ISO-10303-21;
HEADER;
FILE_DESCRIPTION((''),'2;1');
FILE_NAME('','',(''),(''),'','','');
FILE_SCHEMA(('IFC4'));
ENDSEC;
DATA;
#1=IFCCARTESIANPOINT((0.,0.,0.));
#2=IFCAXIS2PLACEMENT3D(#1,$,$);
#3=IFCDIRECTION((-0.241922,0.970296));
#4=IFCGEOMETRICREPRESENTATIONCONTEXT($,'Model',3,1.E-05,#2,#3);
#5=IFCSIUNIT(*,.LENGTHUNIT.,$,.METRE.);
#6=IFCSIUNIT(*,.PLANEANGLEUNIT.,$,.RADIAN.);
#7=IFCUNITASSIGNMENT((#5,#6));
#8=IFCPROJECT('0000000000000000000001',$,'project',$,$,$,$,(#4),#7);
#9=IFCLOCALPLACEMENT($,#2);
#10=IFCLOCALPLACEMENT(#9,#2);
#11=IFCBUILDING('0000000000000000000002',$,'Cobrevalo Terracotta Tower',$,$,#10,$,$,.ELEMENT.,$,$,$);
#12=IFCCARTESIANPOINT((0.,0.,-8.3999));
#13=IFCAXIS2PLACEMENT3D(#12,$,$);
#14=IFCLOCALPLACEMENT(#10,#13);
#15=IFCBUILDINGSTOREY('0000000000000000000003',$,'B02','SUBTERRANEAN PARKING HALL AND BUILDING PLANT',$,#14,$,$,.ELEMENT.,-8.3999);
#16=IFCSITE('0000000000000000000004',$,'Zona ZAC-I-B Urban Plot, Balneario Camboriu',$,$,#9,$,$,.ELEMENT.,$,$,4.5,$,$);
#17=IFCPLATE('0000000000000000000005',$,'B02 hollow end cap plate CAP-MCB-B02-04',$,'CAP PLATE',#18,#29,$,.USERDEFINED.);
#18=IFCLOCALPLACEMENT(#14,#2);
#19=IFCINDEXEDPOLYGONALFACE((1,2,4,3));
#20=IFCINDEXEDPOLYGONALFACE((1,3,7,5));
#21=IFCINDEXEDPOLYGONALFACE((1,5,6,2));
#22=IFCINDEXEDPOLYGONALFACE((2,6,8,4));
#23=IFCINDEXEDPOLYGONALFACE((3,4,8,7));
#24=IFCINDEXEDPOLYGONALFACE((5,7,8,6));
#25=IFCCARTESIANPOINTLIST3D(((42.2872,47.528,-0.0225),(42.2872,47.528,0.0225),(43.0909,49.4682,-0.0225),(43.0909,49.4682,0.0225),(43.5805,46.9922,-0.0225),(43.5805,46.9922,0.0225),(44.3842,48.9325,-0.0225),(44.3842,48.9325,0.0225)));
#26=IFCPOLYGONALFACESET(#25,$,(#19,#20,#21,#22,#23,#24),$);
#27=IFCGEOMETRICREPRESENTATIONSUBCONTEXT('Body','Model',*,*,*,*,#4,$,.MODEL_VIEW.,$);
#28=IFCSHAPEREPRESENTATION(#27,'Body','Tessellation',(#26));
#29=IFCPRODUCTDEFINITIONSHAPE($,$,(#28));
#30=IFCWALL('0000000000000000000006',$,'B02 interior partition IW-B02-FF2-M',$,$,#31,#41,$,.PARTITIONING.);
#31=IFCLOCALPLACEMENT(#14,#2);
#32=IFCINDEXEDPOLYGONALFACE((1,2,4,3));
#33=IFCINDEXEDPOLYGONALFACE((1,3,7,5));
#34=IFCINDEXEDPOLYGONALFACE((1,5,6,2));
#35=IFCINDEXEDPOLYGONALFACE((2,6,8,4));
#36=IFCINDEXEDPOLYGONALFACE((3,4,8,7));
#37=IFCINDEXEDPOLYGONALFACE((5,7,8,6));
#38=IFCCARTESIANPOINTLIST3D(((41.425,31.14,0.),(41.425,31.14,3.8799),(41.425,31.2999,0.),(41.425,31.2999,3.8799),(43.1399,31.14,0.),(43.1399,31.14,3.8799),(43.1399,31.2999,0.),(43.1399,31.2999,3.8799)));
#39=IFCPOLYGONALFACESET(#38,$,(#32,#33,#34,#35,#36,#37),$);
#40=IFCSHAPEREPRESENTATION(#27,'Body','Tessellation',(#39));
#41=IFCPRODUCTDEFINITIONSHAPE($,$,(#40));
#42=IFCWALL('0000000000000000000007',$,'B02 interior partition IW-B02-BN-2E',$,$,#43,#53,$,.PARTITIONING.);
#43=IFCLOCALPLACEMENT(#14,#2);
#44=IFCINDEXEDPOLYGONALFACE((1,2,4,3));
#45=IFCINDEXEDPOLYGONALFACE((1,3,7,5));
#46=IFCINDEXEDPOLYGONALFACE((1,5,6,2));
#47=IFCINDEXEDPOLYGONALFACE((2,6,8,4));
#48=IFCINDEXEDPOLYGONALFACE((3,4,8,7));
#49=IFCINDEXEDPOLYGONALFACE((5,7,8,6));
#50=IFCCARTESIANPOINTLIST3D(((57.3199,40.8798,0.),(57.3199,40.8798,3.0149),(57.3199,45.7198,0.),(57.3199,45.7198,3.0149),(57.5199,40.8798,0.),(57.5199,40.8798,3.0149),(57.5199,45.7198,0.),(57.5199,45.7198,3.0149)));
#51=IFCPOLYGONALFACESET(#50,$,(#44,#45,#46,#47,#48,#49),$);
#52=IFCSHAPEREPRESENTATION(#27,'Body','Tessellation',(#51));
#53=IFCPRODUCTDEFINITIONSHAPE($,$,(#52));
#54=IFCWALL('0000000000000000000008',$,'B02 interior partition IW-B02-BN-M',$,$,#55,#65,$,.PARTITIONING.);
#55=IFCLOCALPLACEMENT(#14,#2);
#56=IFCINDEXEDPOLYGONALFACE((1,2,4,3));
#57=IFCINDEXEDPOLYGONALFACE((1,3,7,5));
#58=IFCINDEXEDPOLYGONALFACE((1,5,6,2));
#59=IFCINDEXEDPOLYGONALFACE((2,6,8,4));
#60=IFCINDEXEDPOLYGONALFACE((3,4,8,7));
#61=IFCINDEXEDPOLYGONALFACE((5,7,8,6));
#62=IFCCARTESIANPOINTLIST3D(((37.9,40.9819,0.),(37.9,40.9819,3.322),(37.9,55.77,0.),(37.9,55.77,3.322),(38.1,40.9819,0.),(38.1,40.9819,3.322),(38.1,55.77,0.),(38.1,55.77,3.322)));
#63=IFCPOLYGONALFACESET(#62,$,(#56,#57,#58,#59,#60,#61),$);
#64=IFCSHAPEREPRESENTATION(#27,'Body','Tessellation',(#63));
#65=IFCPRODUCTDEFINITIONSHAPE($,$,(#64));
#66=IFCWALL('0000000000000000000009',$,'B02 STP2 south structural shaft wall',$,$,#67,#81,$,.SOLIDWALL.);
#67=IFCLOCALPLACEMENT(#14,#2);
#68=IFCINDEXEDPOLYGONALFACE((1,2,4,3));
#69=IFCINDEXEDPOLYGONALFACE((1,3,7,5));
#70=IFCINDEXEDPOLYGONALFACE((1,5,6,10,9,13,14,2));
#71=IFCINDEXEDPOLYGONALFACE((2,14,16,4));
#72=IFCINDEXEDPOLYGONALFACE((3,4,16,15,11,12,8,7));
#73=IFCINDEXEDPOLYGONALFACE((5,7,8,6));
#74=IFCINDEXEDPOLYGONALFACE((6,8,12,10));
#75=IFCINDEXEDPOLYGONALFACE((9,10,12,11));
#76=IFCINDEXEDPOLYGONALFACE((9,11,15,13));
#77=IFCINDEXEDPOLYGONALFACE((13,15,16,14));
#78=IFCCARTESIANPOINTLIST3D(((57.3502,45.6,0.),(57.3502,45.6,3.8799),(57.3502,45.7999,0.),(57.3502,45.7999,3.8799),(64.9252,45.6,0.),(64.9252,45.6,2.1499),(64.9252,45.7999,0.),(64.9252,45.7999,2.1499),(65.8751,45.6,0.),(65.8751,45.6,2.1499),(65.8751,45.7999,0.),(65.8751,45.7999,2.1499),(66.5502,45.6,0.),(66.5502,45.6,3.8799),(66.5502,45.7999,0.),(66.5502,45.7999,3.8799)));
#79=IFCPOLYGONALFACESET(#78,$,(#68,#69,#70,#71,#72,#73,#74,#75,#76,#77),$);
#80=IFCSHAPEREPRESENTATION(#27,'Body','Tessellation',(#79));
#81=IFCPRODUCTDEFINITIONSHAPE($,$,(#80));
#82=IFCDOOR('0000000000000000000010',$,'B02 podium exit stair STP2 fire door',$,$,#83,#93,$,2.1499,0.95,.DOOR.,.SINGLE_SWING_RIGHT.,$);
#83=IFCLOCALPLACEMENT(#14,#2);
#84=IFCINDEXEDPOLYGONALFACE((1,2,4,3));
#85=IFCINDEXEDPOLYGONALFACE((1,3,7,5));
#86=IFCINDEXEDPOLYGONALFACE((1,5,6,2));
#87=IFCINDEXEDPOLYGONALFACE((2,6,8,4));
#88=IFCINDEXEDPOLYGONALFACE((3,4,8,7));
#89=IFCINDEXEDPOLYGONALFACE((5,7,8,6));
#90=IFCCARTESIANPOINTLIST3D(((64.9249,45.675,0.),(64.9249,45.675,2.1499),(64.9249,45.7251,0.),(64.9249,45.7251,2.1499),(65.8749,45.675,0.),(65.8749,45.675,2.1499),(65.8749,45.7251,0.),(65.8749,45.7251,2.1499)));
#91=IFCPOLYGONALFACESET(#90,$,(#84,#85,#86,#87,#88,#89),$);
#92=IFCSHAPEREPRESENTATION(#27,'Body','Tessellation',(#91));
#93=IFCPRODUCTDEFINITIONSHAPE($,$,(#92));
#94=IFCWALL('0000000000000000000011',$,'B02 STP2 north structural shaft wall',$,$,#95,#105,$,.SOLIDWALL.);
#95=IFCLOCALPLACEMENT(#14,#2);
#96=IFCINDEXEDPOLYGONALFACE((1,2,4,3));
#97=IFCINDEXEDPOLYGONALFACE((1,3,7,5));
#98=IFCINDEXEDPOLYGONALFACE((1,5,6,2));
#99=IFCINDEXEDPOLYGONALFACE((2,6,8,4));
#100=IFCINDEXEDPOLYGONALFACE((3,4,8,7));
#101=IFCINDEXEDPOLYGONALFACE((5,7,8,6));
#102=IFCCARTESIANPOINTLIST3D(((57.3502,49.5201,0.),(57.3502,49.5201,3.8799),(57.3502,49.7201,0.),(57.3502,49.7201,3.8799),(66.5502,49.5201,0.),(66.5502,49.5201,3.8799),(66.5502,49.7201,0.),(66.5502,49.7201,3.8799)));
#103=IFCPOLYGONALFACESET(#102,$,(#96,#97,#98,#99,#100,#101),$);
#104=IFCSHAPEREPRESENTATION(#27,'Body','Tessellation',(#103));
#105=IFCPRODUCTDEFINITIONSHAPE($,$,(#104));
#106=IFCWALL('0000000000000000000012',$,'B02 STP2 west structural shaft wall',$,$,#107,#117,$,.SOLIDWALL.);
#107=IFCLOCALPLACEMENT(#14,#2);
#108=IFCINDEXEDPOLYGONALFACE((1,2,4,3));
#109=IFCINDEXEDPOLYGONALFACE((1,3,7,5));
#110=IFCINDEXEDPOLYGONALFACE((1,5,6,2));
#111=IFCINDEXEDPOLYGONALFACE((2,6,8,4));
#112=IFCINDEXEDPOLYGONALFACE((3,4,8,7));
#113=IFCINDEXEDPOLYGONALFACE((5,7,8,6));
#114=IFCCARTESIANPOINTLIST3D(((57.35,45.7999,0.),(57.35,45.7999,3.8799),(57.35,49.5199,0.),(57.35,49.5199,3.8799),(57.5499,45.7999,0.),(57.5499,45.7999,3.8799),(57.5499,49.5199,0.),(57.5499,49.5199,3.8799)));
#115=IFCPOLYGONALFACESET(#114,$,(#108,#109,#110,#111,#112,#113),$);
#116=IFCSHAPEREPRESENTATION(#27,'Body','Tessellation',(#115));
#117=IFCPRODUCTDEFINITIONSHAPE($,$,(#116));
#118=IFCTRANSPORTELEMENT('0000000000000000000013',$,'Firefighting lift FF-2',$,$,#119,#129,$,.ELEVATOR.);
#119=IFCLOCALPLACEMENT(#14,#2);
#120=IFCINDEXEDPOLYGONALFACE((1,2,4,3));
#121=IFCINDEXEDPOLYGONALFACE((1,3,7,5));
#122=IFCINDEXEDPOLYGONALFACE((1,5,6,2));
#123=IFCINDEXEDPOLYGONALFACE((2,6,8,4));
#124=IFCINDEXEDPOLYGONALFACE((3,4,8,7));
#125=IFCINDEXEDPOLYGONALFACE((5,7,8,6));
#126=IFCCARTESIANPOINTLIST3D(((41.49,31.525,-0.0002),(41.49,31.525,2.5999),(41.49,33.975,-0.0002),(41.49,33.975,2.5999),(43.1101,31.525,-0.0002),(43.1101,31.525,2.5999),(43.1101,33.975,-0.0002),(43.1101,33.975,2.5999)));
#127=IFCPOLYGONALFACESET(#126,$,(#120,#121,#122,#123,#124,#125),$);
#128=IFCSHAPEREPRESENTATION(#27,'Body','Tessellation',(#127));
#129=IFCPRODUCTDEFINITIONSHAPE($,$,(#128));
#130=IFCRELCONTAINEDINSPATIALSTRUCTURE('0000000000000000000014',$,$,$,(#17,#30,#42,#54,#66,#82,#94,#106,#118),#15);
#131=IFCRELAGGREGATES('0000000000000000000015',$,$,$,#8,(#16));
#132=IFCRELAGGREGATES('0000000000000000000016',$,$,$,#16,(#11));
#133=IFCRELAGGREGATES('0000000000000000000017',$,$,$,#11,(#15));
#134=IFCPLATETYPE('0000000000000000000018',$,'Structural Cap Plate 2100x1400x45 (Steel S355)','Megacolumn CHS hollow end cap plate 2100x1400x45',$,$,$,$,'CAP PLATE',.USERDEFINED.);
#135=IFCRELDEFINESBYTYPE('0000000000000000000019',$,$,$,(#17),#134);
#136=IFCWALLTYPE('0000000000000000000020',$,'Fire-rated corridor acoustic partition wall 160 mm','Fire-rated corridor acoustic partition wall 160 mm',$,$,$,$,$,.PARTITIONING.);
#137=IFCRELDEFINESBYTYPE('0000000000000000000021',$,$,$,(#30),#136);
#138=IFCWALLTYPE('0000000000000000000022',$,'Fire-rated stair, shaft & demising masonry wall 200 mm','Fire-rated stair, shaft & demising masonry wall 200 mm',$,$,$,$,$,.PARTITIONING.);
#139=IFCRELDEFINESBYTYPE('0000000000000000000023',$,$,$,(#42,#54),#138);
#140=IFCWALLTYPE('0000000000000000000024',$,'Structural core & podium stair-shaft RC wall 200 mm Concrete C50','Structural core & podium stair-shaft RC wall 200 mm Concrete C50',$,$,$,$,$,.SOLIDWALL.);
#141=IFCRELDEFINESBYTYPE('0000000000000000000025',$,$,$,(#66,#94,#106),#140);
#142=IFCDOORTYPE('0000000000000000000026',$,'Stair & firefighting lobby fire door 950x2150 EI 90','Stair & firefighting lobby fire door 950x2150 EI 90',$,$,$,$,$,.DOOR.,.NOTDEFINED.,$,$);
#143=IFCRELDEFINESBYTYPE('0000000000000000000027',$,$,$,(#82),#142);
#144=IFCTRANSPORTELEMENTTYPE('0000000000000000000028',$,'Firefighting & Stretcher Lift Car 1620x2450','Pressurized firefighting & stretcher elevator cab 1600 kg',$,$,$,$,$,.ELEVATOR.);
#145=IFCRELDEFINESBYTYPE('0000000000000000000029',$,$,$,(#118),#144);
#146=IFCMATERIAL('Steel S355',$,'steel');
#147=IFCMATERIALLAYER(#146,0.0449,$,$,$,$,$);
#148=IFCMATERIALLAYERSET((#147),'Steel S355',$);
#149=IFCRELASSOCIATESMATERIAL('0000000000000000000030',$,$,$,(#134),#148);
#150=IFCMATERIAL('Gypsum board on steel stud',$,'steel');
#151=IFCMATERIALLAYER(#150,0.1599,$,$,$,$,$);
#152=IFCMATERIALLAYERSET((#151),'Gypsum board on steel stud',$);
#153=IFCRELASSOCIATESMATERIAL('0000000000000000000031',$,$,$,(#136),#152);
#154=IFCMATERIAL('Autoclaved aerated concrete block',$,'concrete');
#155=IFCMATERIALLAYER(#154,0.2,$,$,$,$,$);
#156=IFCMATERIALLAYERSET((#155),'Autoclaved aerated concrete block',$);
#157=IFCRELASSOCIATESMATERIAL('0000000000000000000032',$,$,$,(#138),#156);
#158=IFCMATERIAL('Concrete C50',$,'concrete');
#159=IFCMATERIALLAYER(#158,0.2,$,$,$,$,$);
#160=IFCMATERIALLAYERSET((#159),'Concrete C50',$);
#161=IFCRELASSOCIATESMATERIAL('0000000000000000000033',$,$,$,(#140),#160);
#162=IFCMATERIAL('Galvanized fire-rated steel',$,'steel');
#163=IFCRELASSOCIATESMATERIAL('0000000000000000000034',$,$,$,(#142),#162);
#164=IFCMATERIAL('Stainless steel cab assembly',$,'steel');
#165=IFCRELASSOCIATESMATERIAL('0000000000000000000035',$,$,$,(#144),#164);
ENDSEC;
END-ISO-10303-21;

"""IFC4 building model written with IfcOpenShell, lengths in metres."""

from ifc_helpers import new_model, si_unit, direction, frame, frame_2d, origin, origin_2d, place, context, subcontext, project, spatial, rectangle, extrude, source, transform, mapped, material, layer, layer_set, type_object, element, fill, save


model = new_model("IFC4")

# Units and contexts
model_context = context("Model", 3, precision=1e-05, world=origin(), true_north=direction((-0.241922, 0.970296)))
body_context = subcontext(model_context, "Body", "Model", "MODEL_VIEW")
ifc_project = project(units=[si_unit("LENGTHUNIT", "METRE"), si_unit("PLANEANGLEUNIT", "RADIAN")], contexts=[model_context])

# Site, building, storey
site_placement = place(None, origin())
site = spatial("IfcSite", under=ifc_project, at=site_placement, Name="Zona ZAC-I-B Urban Plot, Balneario Camboriu", CompositionType="ELEMENT", RefElevation=4.5)
building_placement = place(site_placement, origin())
building = spatial("IfcBuilding", under=site, at=building_placement, Name="Cobrevalo Terracotta Tower", CompositionType="ELEMENT")
storey_placement = place(building_placement, frame((0.0, 0.0, -8.3999)))
storey = spatial("IfcBuildingStorey", under=building, at=storey_placement, Name="B02", Description="SUBTERRANEAN PARKING HALL AND BUILDING PLANT", CompositionType="ELEMENT", Elevation=-8.3999)

# Shared definitions
ifc_material_1 = material(Name="Concrete C50", Category="concrete")

# Shared definitions
ifc_material_2 = material(Name="Steel S355", Category="steel")

# Plate
ifc_layer_1 = layer(ifc_material_2, 0.0449)
ifc_layer_set_1 = layer_set([ifc_layer_1], Name="Steel S355")
plate_type = type_object("IfcPlateType", Name="Structural Cap Plate 2100x1400x45 (Steel S355)", Description="Megacolumn CHS hollow end cap plate 2100x1400x45", ElementType="CAP PLATE", PredefinedType="USERDEFINED", material=ifc_layer_set_1)
shared_shape_1 = source(origin(), body_context, "Body", "SweptSolid", [
    extrude(rectangle(XDim=2.1001, YDim=1.3999, at=origin_2d()), origin(), (0.0, 0.0, 1.0), 0.0449),
])
for number, where, z_axis, x_axis, name in (
    (1, (43.3357, 48.2302, -0.0225), (0.0, 0.0, 1.0), (0.382683, 0.92388, 0.0), "B02 hollow end cap plate CAP-MCB-B02-04"),
):
    element("IfcPlate", number, at=place(storey_placement, frame(where, z_axis=z_axis, x_axis=x_axis)), inside=storey, type_object=plate_type, Name=name, ObjectType="CAP PLATE", PredefinedType="USERDEFINED", context=body_context, shape_type="MappedRepresentation", body=[
        mapped(shared_shape_1, transform((0.0, 0.0, 0.0), scale=1.0)),
    ])

# Walls
ifc_material_3 = material(Name="Gypsum board on steel stud", Category="steel")
ifc_layer_2 = layer(ifc_material_3, 0.1599)
ifc_layer_set_2 = layer_set([ifc_layer_2], Name="Gypsum board on steel stud")
wall_type_1 = type_object("IfcWallType", Name="Fire-rated corridor acoustic partition wall 160 mm", Description="Fire-rated corridor acoustic partition wall 160 mm", PredefinedType="PARTITIONING", material=ifc_layer_set_2)
wall_1_placement = place(storey_placement, frame((41.425, 31.22, 0.0), z_axis=(0.0, 0.0, 1.0), x_axis=(1.0, 0.0, 0.0)))
element("IfcWall", 2, at=wall_1_placement, inside=storey, type_object=wall_type_1, Name="B02 interior partition IW-B02-FF2-M", PredefinedType="PARTITIONING", context=body_context, shape_type="SweptSolid", body=[
    extrude(rectangle(XDim=1.7148, YDim=0.1599, at=frame_2d((0.8574, 0.0))), origin(), (0.0, 0.0, 1.0), 3.8799),
])
ifc_material_4 = material(Name="Autoclaved aerated concrete block", Category="concrete")
ifc_layer_3 = layer(ifc_material_4, 0.2)
ifc_layer_set_3 = layer_set([ifc_layer_3], Name="Autoclaved aerated concrete block")
wall_type_2 = type_object("IfcWallType", Name="Fire-rated stair, shaft & demising masonry wall 200 mm", Description="Fire-rated stair, shaft & demising masonry wall 200 mm", PredefinedType="PARTITIONING", material=ifc_layer_set_3)
wall_2_placement = place(storey_placement, frame((57.4199, 40.8799, 0.0), z_axis=(0.0, 0.0, 1.0), x_axis=(0.0, 1.0, 0.0)))
element("IfcWall", 3, at=wall_2_placement, inside=storey, type_object=wall_type_2, Name="B02 interior partition IW-B02-BN-2E", PredefinedType="PARTITIONING", context=body_context, shape_type="SweptSolid", body=[
    extrude(rectangle(XDim=4.8401, YDim=0.2, at=frame_2d((2.4199, 0.0))), origin(), (0.0, 0.0, 1.0), 3.0149),
])
wall_3_placement = place(storey_placement, frame((38.0, 40.9819, 0.0), z_axis=(0.0, 0.0, 1.0), x_axis=(0.0, 1.0, 0.0)))
element("IfcWall", 4, at=wall_3_placement, inside=storey, type_object=wall_type_2, Name="B02 interior partition IW-B02-BN-M", PredefinedType="PARTITIONING", context=body_context, shape_type="SweptSolid", body=[
    extrude(rectangle(XDim=14.7881, YDim=0.2, at=frame_2d((7.394, 0.0))), origin(), (0.0, 0.0, 1.0), 3.322),
])

# Wall, opening, door
ifc_layer_4 = layer(ifc_material_1, 0.2)
ifc_layer_set_4 = layer_set([ifc_layer_4], Name="Concrete C50")
wall_type_3 = type_object("IfcWallType", Name="Structural core & podium stair-shaft RC wall 200 mm Concrete C50", Description="Structural core & podium stair-shaft RC wall 200 mm Concrete C50", PredefinedType="SOLIDWALL", material=ifc_layer_set_4)
wall_4_placement = place(storey_placement, frame((57.3501, 45.7, 0.0), z_axis=(0.0, 0.0, 1.0), x_axis=(1.0, 0.0, 0.0)))
wall_4 = element("IfcWall", 5, at=wall_4_placement, inside=storey, type_object=wall_type_3, Name="B02 STP2 south structural shaft wall", PredefinedType="SOLIDWALL", context=body_context, shape_type="SweptSolid", body=[
    extrude(rectangle(XDim=9.2, YDim=0.2, at=frame_2d((4.6001, 0.0))), origin(), (0.0, 0.0, 1.0), 3.8799),
])
opening_placement = place(wall_4_placement, frame((7.575, 0.0, 0.0)))
opening = element("IfcOpeningElement", 6, at=opening_placement, cuts=wall_4, PredefinedType="OPENING", context=body_context, shape_type="SweptSolid", body=[
    extrude(rectangle(XDim=0.95, YDim=2.1499, at=frame_2d((0.4751, 1.075))), frame((0.0, 0.1099, 0.0), z_axis=(0.0, -1.0, 0.0), x_axis=(1.0, 0.0, 0.0)), (0.0, 0.0, 1.0), 0.22),
])
ifc_material_5 = material(Name="Galvanized fire-rated steel", Category="steel")
door_type = type_object("IfcDoorType", Name="Stair & firefighting lobby fire door 950x2150 EI 90", Description="Stair & firefighting lobby fire door 950x2150 EI 90", OperationType="NOTDEFINED", PredefinedType="DOOR", material=ifc_material_5)
shared_shape_2 = source(origin(), body_context, "Body", "SweptSolid", [
    extrude(rectangle(XDim=0.95, YDim=2.1499, at=frame_2d((0.4751, 1.075))), frame((0.0, 0.0249, 0.0), z_axis=(0.0, -1.0, 0.0), x_axis=(1.0, 0.0, 0.0)), (0.0, 0.0, 1.0), 0.05),
])
door_placement = place(opening_placement, frame((0.95, 0.0, 0.0), z_axis=(0.0, 0.0, 1.0), x_axis=(-1.0, 0.0, 0.0)))
door = element("IfcDoor", 7, at=door_placement, inside=storey, type_object=door_type, Name="B02 podium exit stair STP2 fire door", OperationType="SINGLE_SWING_RIGHT", OverallHeight=2.1499, OverallWidth=0.95, PredefinedType="DOOR", context=body_context, shape_type="MappedRepresentation", body=[
    mapped(shared_shape_2, transform((0.0, 0.0, 0.0), scale=1.0)),
])
fill(opening, door)

# Walls
wall_5_placement = place(storey_placement, frame((57.3501, 49.6201, 0.0), z_axis=(0.0, 0.0, 1.0), x_axis=(1.0, 0.0, 0.0)))
element("IfcWall", 8, at=wall_5_placement, inside=storey, type_object=wall_type_3, Name="B02 STP2 north structural shaft wall", PredefinedType="SOLIDWALL", context=body_context, shape_type="SweptSolid", body=[
    extrude(rectangle(XDim=9.2, YDim=0.2, at=frame_2d((4.6001, 0.0))), origin(), (0.0, 0.0, 1.0), 3.8799),
])
wall_6_placement = place(storey_placement, frame((57.45, 45.8, 0.0), z_axis=(0.0, 0.0, 1.0), x_axis=(0.0, 1.0, 0.0)))
element("IfcWall", 9, at=wall_6_placement, inside=storey, type_object=wall_type_3, Name="B02 STP2 west structural shaft wall", PredefinedType="SOLIDWALL", context=body_context, shape_type="SweptSolid", body=[
    extrude(rectangle(XDim=3.72, YDim=0.2, at=frame_2d((1.8599, 0.0))), origin(), (0.0, 0.0, 1.0), 3.8799),
])

# Transport element
ifc_material_6 = material(Name="Stainless steel cab assembly", Category="steel")
transport_element_type = type_object("IfcTransportElementType", Name="Firefighting & Stretcher Lift Car 1620x2450", Description="Pressurized firefighting & stretcher elevator cab 1600 kg", PredefinedType="ELEVATOR", material=ifc_material_6)
shared_shape_3 = source(origin(), body_context, "Body", "SweptSolid", [
    extrude(rectangle(XDim=1.6201, YDim=2.45, at=origin_2d()), origin(), (0.0, 0.0, 1.0), 2.6001),
])
transport_element_placement = place(storey_placement, frame((42.3, 32.75, -0.0002), z_axis=(0.0, 0.0, 1.0), x_axis=(1.0, 0.0, 0.0)))
element("IfcTransportElement", 10, at=transport_element_placement, inside=storey, type_object=transport_element_type, Name="Firefighting lift FF-2", PredefinedType="ELEVATOR", context=body_context, shape_type="MappedRepresentation", body=[
    mapped(shared_shape_3, transform((0.0, 0.0, 0.0), scale=1.0)),
])

save(model, "model.ifc")
